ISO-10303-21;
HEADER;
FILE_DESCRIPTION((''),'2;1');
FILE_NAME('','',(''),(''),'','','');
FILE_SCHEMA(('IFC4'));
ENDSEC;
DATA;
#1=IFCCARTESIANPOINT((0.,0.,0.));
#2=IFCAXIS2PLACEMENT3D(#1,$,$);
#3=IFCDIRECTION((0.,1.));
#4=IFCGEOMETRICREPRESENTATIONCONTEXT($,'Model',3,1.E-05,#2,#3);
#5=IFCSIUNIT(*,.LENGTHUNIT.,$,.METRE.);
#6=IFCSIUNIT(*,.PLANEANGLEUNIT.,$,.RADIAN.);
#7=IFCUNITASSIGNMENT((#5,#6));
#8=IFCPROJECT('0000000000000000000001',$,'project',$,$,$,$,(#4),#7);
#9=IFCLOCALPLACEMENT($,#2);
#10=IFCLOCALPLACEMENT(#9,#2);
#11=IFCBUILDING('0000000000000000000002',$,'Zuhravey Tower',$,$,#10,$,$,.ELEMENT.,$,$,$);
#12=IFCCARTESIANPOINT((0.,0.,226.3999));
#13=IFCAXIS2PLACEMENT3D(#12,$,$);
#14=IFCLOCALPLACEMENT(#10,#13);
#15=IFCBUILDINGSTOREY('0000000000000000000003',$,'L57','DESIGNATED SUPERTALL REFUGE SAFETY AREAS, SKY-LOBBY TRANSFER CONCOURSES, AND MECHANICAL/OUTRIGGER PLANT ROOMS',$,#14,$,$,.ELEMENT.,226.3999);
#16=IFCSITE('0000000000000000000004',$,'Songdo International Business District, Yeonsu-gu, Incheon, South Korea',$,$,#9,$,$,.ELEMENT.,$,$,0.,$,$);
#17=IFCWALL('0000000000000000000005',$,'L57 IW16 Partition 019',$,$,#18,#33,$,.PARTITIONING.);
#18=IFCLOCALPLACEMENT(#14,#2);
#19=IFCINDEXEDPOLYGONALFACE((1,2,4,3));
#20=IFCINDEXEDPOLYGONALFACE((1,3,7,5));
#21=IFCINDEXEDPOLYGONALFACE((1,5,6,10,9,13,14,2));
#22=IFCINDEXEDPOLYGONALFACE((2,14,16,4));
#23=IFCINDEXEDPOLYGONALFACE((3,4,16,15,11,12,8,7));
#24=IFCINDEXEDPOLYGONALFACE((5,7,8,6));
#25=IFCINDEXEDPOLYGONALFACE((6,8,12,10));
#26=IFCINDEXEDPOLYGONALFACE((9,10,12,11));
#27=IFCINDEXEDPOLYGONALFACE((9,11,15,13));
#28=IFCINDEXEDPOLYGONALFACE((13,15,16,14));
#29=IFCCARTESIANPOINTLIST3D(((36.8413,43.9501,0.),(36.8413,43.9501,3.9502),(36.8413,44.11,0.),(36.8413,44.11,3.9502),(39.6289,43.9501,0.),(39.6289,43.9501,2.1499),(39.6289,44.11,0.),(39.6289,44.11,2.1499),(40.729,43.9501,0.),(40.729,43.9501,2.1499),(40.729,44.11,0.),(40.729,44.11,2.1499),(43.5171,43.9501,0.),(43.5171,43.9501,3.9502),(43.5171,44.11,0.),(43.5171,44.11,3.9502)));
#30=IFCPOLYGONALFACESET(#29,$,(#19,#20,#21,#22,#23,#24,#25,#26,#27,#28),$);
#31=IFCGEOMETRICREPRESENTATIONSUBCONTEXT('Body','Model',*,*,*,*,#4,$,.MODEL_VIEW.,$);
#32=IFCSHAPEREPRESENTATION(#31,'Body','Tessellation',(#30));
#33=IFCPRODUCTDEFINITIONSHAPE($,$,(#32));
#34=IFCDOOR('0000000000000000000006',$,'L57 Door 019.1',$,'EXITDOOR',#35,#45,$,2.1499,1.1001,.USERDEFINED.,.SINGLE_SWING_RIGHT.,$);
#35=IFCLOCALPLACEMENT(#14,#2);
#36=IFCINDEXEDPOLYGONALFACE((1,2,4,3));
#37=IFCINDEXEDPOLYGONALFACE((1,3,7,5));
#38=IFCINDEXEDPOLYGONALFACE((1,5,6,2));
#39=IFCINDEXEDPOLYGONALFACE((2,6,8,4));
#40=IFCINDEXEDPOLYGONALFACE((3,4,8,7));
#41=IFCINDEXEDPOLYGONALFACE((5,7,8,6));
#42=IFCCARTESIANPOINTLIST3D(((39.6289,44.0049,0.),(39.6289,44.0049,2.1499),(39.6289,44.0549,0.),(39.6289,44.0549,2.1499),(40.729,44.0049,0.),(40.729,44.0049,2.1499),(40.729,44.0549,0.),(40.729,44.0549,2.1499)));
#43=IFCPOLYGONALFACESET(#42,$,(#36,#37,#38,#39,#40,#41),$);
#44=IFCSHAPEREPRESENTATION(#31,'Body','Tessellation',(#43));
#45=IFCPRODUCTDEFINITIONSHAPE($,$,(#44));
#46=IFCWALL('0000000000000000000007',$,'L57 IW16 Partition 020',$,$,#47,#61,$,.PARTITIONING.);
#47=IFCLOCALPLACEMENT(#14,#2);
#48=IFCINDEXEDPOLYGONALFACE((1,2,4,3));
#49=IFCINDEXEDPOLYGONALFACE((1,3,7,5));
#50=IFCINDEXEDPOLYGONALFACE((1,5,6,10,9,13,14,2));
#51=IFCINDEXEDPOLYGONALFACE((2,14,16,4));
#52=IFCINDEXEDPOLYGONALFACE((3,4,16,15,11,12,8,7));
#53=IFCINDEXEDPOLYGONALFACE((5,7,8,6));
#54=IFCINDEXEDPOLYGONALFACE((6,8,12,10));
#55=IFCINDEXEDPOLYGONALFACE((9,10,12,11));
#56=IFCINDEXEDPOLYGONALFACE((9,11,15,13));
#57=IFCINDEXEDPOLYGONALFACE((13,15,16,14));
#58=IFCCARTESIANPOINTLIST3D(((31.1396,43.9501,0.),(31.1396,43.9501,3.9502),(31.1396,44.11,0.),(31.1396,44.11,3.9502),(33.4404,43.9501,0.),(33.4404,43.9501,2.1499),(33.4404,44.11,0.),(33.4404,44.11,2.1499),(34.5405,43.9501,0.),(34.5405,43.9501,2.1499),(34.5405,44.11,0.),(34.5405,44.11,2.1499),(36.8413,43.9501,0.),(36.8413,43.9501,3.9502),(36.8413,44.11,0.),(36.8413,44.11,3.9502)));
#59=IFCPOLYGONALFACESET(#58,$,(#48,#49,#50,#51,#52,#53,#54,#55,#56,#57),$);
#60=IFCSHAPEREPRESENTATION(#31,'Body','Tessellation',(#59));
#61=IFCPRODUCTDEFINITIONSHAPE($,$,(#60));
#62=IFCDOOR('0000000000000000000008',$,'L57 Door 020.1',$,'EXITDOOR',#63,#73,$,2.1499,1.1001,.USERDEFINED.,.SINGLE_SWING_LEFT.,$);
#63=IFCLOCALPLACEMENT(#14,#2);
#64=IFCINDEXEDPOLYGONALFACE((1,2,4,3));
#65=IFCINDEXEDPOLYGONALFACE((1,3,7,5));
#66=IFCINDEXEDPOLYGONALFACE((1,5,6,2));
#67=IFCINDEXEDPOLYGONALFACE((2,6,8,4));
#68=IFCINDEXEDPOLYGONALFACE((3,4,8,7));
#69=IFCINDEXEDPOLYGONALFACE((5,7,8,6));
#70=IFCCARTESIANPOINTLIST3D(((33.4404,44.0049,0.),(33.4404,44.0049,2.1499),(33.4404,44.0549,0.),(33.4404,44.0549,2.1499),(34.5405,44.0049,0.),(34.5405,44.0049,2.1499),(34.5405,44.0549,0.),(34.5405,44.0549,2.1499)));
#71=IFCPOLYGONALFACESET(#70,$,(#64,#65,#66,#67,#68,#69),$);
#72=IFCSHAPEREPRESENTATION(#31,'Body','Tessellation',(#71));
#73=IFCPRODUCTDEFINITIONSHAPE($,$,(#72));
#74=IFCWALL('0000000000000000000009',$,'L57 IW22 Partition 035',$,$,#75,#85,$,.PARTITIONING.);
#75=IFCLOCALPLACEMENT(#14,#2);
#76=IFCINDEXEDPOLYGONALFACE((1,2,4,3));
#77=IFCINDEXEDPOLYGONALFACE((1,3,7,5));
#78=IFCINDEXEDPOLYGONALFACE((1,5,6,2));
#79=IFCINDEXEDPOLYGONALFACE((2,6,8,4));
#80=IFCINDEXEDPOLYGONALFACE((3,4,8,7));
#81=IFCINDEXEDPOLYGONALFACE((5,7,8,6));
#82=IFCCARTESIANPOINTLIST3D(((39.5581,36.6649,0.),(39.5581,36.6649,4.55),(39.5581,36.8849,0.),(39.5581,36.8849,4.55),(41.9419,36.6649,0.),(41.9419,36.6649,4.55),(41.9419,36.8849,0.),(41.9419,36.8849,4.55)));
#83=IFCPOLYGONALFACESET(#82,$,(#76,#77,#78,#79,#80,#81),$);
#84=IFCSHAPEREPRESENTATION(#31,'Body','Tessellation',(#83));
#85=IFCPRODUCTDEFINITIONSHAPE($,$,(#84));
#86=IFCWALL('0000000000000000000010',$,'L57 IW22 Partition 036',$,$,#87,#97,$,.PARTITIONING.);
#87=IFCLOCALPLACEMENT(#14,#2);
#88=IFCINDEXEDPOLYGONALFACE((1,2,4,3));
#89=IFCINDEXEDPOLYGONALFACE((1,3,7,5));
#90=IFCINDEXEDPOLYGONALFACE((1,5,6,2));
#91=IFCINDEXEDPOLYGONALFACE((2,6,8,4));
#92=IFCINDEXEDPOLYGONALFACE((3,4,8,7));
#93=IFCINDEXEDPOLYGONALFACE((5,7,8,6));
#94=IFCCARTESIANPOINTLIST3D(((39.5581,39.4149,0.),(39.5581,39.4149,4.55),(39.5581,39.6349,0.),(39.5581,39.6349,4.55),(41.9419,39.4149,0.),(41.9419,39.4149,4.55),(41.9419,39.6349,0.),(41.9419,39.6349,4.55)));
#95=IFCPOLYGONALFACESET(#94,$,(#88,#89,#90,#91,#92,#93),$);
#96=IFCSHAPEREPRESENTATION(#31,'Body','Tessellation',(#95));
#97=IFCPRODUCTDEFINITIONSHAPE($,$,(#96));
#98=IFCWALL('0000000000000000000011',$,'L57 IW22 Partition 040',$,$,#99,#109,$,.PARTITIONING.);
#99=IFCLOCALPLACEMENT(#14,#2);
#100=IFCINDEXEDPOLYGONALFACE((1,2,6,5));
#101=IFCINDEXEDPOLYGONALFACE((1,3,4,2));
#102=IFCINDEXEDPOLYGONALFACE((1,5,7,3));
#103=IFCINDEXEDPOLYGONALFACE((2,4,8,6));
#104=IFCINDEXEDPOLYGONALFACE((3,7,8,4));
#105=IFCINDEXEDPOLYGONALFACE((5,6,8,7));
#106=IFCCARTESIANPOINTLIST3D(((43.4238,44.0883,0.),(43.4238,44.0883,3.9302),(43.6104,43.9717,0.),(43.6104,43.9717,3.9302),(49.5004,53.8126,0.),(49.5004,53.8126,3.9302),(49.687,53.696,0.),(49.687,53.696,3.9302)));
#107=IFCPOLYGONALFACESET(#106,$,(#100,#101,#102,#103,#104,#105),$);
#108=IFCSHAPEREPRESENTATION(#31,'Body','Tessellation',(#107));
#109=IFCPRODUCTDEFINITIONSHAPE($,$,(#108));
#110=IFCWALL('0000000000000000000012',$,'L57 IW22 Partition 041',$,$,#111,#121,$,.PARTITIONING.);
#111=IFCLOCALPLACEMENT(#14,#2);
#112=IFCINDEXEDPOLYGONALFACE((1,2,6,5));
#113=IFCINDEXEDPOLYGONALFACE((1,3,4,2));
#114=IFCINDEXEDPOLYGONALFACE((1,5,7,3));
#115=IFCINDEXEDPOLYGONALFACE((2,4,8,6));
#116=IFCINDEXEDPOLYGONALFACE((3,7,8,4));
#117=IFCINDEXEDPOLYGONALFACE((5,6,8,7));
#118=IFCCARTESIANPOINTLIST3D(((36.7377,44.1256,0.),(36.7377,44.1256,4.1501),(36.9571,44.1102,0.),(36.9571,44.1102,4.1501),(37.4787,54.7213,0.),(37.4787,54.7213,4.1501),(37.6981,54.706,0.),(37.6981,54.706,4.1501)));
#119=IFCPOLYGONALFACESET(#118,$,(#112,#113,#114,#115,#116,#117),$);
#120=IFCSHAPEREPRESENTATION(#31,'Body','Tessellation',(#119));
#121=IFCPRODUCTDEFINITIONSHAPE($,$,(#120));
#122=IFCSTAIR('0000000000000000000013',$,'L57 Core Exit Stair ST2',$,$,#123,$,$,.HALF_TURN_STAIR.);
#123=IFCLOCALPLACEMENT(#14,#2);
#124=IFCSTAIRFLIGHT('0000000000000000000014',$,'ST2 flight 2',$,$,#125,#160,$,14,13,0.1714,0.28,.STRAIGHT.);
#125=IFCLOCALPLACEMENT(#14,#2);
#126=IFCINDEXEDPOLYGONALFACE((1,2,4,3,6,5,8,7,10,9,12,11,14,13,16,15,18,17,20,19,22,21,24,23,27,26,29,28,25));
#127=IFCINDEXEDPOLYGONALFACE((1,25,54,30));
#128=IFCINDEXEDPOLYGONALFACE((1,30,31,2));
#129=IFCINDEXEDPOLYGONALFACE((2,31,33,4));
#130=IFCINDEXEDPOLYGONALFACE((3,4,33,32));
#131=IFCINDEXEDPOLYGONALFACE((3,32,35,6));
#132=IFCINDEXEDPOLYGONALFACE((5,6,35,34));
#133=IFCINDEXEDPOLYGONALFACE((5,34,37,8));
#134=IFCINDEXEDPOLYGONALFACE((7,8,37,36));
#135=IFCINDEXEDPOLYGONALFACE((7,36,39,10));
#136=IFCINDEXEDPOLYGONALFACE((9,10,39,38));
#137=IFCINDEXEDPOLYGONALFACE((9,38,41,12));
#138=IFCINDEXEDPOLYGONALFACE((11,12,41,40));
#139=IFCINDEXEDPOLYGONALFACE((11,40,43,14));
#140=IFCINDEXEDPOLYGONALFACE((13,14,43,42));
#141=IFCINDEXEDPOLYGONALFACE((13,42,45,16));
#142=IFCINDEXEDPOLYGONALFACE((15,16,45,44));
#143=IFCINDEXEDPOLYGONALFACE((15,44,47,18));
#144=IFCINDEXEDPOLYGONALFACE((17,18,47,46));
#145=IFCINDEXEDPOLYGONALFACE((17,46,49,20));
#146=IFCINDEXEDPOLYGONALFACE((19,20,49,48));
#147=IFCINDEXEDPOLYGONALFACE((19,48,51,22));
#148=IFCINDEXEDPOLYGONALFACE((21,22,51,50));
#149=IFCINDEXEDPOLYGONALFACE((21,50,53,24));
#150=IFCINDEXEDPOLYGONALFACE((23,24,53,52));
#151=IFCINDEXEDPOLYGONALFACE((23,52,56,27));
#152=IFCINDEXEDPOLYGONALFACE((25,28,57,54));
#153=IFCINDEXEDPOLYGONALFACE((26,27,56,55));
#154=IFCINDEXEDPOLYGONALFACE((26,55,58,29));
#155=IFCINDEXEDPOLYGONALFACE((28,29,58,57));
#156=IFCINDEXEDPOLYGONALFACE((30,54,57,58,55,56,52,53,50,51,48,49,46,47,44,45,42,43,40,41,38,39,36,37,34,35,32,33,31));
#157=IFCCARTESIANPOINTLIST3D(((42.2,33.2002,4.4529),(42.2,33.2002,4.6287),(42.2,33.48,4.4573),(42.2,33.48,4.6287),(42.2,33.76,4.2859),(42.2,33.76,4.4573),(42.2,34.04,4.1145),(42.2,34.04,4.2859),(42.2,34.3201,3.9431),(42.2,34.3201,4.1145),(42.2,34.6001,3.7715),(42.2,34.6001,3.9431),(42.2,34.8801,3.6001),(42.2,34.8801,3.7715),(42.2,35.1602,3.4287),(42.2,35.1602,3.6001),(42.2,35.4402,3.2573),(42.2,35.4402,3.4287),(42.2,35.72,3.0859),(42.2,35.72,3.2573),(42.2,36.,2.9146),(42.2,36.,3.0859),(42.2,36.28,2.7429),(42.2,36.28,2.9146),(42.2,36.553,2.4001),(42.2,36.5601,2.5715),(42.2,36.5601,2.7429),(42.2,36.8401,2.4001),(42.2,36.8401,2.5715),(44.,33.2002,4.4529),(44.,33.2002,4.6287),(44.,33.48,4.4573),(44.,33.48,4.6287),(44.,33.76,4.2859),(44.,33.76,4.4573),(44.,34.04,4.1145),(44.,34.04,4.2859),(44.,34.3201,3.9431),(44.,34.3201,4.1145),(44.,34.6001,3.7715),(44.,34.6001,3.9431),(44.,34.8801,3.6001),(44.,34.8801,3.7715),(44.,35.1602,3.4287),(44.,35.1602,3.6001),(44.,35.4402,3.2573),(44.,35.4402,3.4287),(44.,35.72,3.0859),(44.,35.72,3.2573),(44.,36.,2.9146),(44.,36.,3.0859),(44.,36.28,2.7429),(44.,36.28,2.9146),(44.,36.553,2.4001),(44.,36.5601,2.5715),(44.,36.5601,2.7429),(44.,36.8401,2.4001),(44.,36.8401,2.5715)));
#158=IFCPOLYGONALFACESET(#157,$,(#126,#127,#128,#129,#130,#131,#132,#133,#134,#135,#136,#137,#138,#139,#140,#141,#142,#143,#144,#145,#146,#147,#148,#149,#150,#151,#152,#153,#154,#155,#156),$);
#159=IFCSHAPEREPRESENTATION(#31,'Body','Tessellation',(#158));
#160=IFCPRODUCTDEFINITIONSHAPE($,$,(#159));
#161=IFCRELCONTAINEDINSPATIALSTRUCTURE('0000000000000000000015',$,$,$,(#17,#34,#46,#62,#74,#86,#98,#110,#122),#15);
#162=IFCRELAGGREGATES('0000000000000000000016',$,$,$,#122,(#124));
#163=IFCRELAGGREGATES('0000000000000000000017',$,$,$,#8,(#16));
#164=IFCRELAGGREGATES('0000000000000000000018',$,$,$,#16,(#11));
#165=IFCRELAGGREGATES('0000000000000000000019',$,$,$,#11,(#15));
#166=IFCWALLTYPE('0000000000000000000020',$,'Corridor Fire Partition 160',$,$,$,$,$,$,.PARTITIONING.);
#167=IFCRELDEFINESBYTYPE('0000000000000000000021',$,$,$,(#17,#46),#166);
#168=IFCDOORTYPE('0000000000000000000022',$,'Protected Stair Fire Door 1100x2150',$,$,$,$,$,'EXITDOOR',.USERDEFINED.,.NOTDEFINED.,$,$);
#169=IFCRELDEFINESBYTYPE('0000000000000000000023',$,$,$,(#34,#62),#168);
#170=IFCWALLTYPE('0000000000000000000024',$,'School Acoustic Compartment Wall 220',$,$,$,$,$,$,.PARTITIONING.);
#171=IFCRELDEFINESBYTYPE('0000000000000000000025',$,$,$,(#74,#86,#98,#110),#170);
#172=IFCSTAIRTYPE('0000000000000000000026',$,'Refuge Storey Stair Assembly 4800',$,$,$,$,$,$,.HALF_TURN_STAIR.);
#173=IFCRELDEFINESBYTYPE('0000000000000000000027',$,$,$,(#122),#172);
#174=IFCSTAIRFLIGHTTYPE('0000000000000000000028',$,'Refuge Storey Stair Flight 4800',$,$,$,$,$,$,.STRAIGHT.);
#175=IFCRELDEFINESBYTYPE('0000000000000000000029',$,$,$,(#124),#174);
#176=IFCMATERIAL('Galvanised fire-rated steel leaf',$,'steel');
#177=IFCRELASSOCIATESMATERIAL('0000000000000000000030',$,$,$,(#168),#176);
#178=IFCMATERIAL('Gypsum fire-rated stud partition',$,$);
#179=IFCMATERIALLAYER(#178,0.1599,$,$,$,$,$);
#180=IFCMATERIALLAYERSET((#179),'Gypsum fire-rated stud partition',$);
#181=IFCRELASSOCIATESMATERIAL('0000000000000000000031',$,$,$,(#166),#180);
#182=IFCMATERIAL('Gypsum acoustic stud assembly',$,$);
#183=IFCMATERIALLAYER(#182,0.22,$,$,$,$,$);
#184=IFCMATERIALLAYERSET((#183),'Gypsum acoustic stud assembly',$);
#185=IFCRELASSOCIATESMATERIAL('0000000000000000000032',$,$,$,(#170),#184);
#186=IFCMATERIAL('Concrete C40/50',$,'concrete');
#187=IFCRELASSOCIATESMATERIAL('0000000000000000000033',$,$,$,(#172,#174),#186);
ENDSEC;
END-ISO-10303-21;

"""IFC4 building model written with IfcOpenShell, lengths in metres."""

from ifc_helpers import new_model, si_unit, direction, frame, frame_2d, origin, place, context, subcontext, project, spatial, polyline, rectangle, outline, extrude, material, layer, layer_set, type_object, element, fill, aggregate, save


model = new_model("IFC4")

# Units and contexts
model_context = context("Model", 3, precision=1e-05, world=origin(), true_north=direction((0.0, 1.0)))
body_context = subcontext(model_context, "Body", "Model", "MODEL_VIEW")
ifc_project = project(units=[si_unit("LENGTHUNIT", "METRE"), si_unit("PLANEANGLEUNIT", "RADIAN")], contexts=[model_context])

# Site, building, storey
site_placement = place(None, origin())
site = spatial("IfcSite", under=ifc_project, at=site_placement, Name="Songdo International Business District, Yeonsu-gu, Incheon, South Korea", CompositionType="ELEMENT", RefElevation=0.0)
building_placement = place(site_placement, origin())
building = spatial("IfcBuilding", under=site, at=building_placement, Name="Zuhravey Tower", CompositionType="ELEMENT")
storey_placement = place(building_placement, frame((0.0, 0.0, 226.3999)))
storey = spatial("IfcBuildingStorey", under=building, at=storey_placement, Name="L57", Description="DESIGNATED SUPERTALL REFUGE SAFETY AREAS, SKY-LOBBY TRANSFER CONCOURSES, AND MECHANICAL/OUTRIGGER PLANT ROOMS", CompositionType="ELEMENT", Elevation=226.3999)

# Walls, openings, doors
ifc_material_1 = material(Name="Galvanised fire-rated steel leaf", Category="steel")
door_type_1 = type_object("IfcDoorType", Name="Protected Stair Fire Door 1100x2150", ElementType="EXITDOOR", OperationType="NOTDEFINED", PredefinedType="USERDEFINED", material=ifc_material_1)
ifc_material_2 = material(Name="Gypsum fire-rated stud partition")
ifc_layer_1 = layer(ifc_material_2, 0.1599)
ifc_layer_set_1 = layer_set([ifc_layer_1], Name="Gypsum fire-rated stud partition")
wall_type_1 = type_object("IfcWallType", Name="Corridor Fire Partition 160", PredefinedType="PARTITIONING", material=ifc_layer_set_1)
wall_1_placement = place(storey_placement, frame((43.5171, 44.03, 0.0), z_axis=(0.0, 0.0, 1.0), x_axis=(-1.0, 0.0, 0.0)))
wall_1 = element("IfcWall", 1, at=wall_1_placement, inside=storey, type_object=wall_type_1, Name="L57 IW16 Partition 019", PredefinedType="PARTITIONING", context=body_context, shape_type="SweptSolid", body=[
    extrude(rectangle(XDim=6.6758, YDim=0.1599, at=frame_2d((3.3379, 0.0))), origin(), (0.0, 0.0, 1.0), 3.9502),
])
opening_1_placement = place(wall_1_placement, frame((2.7881, 0.0, 0.0)))
opening_1 = element("IfcOpeningElement", 2, at=opening_1_placement, cuts=wall_1, PredefinedType="OPENING", context=body_context, shape_type="SweptSolid", body=[
    extrude(rectangle(XDim=1.1001, YDim=2.1499, at=frame_2d((0.55, 1.075))), frame((0.0, 0.092, 0.0), z_axis=(0.0, -1.0, 0.0), x_axis=(1.0, 0.0, 0.0)), (0.0, 0.0, 1.0), 0.1838),
])
door_1_placement = place(opening_1_placement, frame((1.1001, 0.0, 0.0), z_axis=(0.0, 0.0, 1.0), x_axis=(-1.0, 0.0, 0.0)))
door_1 = element("IfcDoor", 3, at=door_1_placement, inside=storey, type_object=door_type_1, Name="L57 Door 019.1", ObjectType="EXITDOOR", OperationType="SINGLE_SWING_RIGHT", OverallHeight=2.1499, OverallWidth=1.1001, PredefinedType="USERDEFINED", context=body_context, shape_type="SweptSolid", body=[
    extrude(rectangle(XDim=1.1001, YDim=2.1499, at=frame_2d((0.55, 1.075))), frame((0.0, 0.0249, 0.0), z_axis=(0.0, -1.0, 0.0), x_axis=(1.0, 0.0, 0.0)), (0.0, 0.0, 1.0), 0.05),
])
fill(opening_1, door_1)
wall_2_placement = place(storey_placement, frame((36.8413, 44.03, 0.0), z_axis=(0.0, 0.0, 1.0), x_axis=(-1.0, 0.0, 0.0)))
wall_2 = element("IfcWall", 4, at=wall_2_placement, inside=storey, type_object=wall_type_1, Name="L57 IW16 Partition 020", PredefinedType="PARTITIONING", context=body_context, shape_type="SweptSolid", body=[
    extrude(rectangle(XDim=5.7017, YDim=0.1599, at=frame_2d((2.8508, 0.0))), origin(), (0.0, 0.0, 1.0), 3.9502),
])
opening_2_placement = place(wall_2_placement, frame((2.3008, 0.0, 0.0)))
opening_2 = element("IfcOpeningElement", 5, at=opening_2_placement, cuts=wall_2, PredefinedType="OPENING", context=body_context, shape_type="SweptSolid", body=[
    extrude(rectangle(XDim=1.1001, YDim=2.1499, at=frame_2d((0.55, 1.075))), frame((0.0, 0.092, 0.0), z_axis=(0.0, -1.0, 0.0), x_axis=(1.0, 0.0, 0.0)), (0.0, 0.0, 1.0), 0.1838),
])
door_2_placement = place(opening_2_placement, frame((1.1001, 0.0, 0.0), z_axis=(0.0, 0.0, 1.0), x_axis=(-1.0, 0.0, 0.0)))
door_2 = element("IfcDoor", 6, at=door_2_placement, inside=storey, type_object=door_type_1, Name="L57 Door 020.1", ObjectType="EXITDOOR", OperationType="SINGLE_SWING_LEFT", OverallHeight=2.1499, OverallWidth=1.1001, PredefinedType="USERDEFINED", context=body_context, shape_type="SweptSolid", body=[
    extrude(rectangle(XDim=1.1001, YDim=2.1499, at=frame_2d((0.55, 1.075))), frame((0.0, 0.0249, 0.0), z_axis=(0.0, -1.0, 0.0), x_axis=(1.0, 0.0, 0.0)), (0.0, 0.0, 1.0), 0.05),
])
fill(opening_2, door_2)

# Walls
ifc_material_3 = material(Name="Gypsum acoustic stud assembly")
ifc_layer_2 = layer(ifc_material_3, 0.22)
ifc_layer_set_2 = layer_set([ifc_layer_2], Name="Gypsum acoustic stud assembly")
wall_type_2 = type_object("IfcWallType", Name="School Acoustic Compartment Wall 220", PredefinedType="PARTITIONING", material=ifc_layer_set_2)
for number, where, z_axis, x_axis, name in (
    (7, (39.5581, 36.7749, 0.0), (0.0, 0.0, 1.0), (1.0, 0.0, 0.0), "L57 IW22 Partition 035"),
    (8, (39.5581, 39.5249, 0.0), (0.0, 0.0, 1.0), (1.0, 0.0, 0.0), "L57 IW22 Partition 036"),
):
    element("IfcWall", number, at=place(storey_placement, frame(where, z_axis=z_axis, x_axis=x_axis)), inside=storey, type_object=wall_type_2, Name=name, PredefinedType="PARTITIONING", context=body_context, shape_type="SweptSolid", body=[
        extrude(rectangle(XDim=2.3838, YDim=0.22, at=frame_2d((1.1919, 0.0))), origin(), (0.0, 0.0, 1.0), 4.55),
    ])
wall_3_placement = place(storey_placement, frame((43.5171, 44.03, 0.0), z_axis=(0.0, 0.0, 1.0), x_axis=(0.529932, 0.84804, 0.0)))
element("IfcWall", 9, at=wall_3_placement, inside=storey, type_object=wall_type_2, Name="L57 IW22 Partition 040", PredefinedType="PARTITIONING", context=body_context, shape_type="SweptSolid", body=[
    extrude(rectangle(XDim=11.4668, YDim=0.22, at=frame_2d((5.7334, 0.0))), origin(), (0.0, 0.0, 1.0), 3.9302),
])
wall_4_placement = place(storey_placement, frame((36.8474, 44.1179, 0.0), z_axis=(0.0, 0.0, 1.0), x_axis=(0.069761, 0.997564, 0.0)))
element("IfcWall", 10, at=wall_4_placement, inside=storey, type_object=wall_type_2, Name="L57 IW22 Partition 041", PredefinedType="PARTITIONING", context=body_context, shape_type="SweptSolid", body=[
    extrude(rectangle(XDim=10.6216, YDim=0.22, at=frame_2d((5.3108, 0.0))), origin(), (0.0, 0.0, 1.0), 4.1501),
])

# Stair, stair flight
ifc_material_4 = material(Name="Concrete C40/50", Category="concrete")
stair_type = type_object("IfcStairType", Name="Refuge Storey Stair Assembly 4800", PredefinedType="HALF_TURN_STAIR", material=ifc_material_4)
stair_placement = place(storey_placement, origin())
stair = element("IfcStair", 11, at=stair_placement, inside=storey, type_object=stair_type, Name="L57 Core Exit Stair ST2", PredefinedType="HALF_TURN_STAIR")
stair_flight_type = type_object("IfcStairFlightType", Name="Refuge Storey Stair Flight 4800", PredefinedType="STRAIGHT", material=ifc_material_4)
stair_flight_placement = place(storey_placement, frame((43.1001, 36.8401, 2.4001), z_axis=(0.0, 0.0, 1.0), x_axis=(0.0, -1.0, 0.0)))
stair_flight = element("IfcStairFlight", 12, at=stair_flight_placement, type_object=stair_flight_type, Name="ST2 flight 2", NumberOfRisers=14, NumberOfTreads=13, PredefinedType="STRAIGHT", RiserHeight=0.1714, TreadLength=0.28, context=body_context, shape_type="SweptSolid", body=[
    extrude(outline(polyline([(0.0, 0.0), (0.0, 0.1714), (0.28, 0.1714), (0.28, 0.3428), (0.5601, 0.3428), (0.5601, 0.5144), (0.8401, 0.5144), (0.8401, 0.6858), (1.1201, 0.6858), (1.1201, 0.8572), (1.3999, 0.8572), (1.3999, 1.0286), (1.6799, 1.0286), (1.6799, 1.2), (1.96, 1.2), (1.96, 1.3713), (2.24, 1.3713), (2.24, 1.543), (2.52, 1.543), (2.52, 1.7144), (2.8, 1.7144), (2.8, 1.8857), (3.0801, 1.8857), (3.0801, 2.0571), (3.3601, 2.0571), (3.3601, 2.2285), (3.6399, 2.2285), (3.6399, 2.3999), (3.6399, 2.0527), (0.2871, 0.0), (0.0, 0.0)])), frame((0.0, 0.8999, 0.0), z_axis=(0.0, -1.0, 0.0), x_axis=(1.0, 0.0, 0.0)), (0.0, 0.0, 1.0), 1.8),
])
aggregate(stair, [stair_flight])

save(model, "model.ifc")
